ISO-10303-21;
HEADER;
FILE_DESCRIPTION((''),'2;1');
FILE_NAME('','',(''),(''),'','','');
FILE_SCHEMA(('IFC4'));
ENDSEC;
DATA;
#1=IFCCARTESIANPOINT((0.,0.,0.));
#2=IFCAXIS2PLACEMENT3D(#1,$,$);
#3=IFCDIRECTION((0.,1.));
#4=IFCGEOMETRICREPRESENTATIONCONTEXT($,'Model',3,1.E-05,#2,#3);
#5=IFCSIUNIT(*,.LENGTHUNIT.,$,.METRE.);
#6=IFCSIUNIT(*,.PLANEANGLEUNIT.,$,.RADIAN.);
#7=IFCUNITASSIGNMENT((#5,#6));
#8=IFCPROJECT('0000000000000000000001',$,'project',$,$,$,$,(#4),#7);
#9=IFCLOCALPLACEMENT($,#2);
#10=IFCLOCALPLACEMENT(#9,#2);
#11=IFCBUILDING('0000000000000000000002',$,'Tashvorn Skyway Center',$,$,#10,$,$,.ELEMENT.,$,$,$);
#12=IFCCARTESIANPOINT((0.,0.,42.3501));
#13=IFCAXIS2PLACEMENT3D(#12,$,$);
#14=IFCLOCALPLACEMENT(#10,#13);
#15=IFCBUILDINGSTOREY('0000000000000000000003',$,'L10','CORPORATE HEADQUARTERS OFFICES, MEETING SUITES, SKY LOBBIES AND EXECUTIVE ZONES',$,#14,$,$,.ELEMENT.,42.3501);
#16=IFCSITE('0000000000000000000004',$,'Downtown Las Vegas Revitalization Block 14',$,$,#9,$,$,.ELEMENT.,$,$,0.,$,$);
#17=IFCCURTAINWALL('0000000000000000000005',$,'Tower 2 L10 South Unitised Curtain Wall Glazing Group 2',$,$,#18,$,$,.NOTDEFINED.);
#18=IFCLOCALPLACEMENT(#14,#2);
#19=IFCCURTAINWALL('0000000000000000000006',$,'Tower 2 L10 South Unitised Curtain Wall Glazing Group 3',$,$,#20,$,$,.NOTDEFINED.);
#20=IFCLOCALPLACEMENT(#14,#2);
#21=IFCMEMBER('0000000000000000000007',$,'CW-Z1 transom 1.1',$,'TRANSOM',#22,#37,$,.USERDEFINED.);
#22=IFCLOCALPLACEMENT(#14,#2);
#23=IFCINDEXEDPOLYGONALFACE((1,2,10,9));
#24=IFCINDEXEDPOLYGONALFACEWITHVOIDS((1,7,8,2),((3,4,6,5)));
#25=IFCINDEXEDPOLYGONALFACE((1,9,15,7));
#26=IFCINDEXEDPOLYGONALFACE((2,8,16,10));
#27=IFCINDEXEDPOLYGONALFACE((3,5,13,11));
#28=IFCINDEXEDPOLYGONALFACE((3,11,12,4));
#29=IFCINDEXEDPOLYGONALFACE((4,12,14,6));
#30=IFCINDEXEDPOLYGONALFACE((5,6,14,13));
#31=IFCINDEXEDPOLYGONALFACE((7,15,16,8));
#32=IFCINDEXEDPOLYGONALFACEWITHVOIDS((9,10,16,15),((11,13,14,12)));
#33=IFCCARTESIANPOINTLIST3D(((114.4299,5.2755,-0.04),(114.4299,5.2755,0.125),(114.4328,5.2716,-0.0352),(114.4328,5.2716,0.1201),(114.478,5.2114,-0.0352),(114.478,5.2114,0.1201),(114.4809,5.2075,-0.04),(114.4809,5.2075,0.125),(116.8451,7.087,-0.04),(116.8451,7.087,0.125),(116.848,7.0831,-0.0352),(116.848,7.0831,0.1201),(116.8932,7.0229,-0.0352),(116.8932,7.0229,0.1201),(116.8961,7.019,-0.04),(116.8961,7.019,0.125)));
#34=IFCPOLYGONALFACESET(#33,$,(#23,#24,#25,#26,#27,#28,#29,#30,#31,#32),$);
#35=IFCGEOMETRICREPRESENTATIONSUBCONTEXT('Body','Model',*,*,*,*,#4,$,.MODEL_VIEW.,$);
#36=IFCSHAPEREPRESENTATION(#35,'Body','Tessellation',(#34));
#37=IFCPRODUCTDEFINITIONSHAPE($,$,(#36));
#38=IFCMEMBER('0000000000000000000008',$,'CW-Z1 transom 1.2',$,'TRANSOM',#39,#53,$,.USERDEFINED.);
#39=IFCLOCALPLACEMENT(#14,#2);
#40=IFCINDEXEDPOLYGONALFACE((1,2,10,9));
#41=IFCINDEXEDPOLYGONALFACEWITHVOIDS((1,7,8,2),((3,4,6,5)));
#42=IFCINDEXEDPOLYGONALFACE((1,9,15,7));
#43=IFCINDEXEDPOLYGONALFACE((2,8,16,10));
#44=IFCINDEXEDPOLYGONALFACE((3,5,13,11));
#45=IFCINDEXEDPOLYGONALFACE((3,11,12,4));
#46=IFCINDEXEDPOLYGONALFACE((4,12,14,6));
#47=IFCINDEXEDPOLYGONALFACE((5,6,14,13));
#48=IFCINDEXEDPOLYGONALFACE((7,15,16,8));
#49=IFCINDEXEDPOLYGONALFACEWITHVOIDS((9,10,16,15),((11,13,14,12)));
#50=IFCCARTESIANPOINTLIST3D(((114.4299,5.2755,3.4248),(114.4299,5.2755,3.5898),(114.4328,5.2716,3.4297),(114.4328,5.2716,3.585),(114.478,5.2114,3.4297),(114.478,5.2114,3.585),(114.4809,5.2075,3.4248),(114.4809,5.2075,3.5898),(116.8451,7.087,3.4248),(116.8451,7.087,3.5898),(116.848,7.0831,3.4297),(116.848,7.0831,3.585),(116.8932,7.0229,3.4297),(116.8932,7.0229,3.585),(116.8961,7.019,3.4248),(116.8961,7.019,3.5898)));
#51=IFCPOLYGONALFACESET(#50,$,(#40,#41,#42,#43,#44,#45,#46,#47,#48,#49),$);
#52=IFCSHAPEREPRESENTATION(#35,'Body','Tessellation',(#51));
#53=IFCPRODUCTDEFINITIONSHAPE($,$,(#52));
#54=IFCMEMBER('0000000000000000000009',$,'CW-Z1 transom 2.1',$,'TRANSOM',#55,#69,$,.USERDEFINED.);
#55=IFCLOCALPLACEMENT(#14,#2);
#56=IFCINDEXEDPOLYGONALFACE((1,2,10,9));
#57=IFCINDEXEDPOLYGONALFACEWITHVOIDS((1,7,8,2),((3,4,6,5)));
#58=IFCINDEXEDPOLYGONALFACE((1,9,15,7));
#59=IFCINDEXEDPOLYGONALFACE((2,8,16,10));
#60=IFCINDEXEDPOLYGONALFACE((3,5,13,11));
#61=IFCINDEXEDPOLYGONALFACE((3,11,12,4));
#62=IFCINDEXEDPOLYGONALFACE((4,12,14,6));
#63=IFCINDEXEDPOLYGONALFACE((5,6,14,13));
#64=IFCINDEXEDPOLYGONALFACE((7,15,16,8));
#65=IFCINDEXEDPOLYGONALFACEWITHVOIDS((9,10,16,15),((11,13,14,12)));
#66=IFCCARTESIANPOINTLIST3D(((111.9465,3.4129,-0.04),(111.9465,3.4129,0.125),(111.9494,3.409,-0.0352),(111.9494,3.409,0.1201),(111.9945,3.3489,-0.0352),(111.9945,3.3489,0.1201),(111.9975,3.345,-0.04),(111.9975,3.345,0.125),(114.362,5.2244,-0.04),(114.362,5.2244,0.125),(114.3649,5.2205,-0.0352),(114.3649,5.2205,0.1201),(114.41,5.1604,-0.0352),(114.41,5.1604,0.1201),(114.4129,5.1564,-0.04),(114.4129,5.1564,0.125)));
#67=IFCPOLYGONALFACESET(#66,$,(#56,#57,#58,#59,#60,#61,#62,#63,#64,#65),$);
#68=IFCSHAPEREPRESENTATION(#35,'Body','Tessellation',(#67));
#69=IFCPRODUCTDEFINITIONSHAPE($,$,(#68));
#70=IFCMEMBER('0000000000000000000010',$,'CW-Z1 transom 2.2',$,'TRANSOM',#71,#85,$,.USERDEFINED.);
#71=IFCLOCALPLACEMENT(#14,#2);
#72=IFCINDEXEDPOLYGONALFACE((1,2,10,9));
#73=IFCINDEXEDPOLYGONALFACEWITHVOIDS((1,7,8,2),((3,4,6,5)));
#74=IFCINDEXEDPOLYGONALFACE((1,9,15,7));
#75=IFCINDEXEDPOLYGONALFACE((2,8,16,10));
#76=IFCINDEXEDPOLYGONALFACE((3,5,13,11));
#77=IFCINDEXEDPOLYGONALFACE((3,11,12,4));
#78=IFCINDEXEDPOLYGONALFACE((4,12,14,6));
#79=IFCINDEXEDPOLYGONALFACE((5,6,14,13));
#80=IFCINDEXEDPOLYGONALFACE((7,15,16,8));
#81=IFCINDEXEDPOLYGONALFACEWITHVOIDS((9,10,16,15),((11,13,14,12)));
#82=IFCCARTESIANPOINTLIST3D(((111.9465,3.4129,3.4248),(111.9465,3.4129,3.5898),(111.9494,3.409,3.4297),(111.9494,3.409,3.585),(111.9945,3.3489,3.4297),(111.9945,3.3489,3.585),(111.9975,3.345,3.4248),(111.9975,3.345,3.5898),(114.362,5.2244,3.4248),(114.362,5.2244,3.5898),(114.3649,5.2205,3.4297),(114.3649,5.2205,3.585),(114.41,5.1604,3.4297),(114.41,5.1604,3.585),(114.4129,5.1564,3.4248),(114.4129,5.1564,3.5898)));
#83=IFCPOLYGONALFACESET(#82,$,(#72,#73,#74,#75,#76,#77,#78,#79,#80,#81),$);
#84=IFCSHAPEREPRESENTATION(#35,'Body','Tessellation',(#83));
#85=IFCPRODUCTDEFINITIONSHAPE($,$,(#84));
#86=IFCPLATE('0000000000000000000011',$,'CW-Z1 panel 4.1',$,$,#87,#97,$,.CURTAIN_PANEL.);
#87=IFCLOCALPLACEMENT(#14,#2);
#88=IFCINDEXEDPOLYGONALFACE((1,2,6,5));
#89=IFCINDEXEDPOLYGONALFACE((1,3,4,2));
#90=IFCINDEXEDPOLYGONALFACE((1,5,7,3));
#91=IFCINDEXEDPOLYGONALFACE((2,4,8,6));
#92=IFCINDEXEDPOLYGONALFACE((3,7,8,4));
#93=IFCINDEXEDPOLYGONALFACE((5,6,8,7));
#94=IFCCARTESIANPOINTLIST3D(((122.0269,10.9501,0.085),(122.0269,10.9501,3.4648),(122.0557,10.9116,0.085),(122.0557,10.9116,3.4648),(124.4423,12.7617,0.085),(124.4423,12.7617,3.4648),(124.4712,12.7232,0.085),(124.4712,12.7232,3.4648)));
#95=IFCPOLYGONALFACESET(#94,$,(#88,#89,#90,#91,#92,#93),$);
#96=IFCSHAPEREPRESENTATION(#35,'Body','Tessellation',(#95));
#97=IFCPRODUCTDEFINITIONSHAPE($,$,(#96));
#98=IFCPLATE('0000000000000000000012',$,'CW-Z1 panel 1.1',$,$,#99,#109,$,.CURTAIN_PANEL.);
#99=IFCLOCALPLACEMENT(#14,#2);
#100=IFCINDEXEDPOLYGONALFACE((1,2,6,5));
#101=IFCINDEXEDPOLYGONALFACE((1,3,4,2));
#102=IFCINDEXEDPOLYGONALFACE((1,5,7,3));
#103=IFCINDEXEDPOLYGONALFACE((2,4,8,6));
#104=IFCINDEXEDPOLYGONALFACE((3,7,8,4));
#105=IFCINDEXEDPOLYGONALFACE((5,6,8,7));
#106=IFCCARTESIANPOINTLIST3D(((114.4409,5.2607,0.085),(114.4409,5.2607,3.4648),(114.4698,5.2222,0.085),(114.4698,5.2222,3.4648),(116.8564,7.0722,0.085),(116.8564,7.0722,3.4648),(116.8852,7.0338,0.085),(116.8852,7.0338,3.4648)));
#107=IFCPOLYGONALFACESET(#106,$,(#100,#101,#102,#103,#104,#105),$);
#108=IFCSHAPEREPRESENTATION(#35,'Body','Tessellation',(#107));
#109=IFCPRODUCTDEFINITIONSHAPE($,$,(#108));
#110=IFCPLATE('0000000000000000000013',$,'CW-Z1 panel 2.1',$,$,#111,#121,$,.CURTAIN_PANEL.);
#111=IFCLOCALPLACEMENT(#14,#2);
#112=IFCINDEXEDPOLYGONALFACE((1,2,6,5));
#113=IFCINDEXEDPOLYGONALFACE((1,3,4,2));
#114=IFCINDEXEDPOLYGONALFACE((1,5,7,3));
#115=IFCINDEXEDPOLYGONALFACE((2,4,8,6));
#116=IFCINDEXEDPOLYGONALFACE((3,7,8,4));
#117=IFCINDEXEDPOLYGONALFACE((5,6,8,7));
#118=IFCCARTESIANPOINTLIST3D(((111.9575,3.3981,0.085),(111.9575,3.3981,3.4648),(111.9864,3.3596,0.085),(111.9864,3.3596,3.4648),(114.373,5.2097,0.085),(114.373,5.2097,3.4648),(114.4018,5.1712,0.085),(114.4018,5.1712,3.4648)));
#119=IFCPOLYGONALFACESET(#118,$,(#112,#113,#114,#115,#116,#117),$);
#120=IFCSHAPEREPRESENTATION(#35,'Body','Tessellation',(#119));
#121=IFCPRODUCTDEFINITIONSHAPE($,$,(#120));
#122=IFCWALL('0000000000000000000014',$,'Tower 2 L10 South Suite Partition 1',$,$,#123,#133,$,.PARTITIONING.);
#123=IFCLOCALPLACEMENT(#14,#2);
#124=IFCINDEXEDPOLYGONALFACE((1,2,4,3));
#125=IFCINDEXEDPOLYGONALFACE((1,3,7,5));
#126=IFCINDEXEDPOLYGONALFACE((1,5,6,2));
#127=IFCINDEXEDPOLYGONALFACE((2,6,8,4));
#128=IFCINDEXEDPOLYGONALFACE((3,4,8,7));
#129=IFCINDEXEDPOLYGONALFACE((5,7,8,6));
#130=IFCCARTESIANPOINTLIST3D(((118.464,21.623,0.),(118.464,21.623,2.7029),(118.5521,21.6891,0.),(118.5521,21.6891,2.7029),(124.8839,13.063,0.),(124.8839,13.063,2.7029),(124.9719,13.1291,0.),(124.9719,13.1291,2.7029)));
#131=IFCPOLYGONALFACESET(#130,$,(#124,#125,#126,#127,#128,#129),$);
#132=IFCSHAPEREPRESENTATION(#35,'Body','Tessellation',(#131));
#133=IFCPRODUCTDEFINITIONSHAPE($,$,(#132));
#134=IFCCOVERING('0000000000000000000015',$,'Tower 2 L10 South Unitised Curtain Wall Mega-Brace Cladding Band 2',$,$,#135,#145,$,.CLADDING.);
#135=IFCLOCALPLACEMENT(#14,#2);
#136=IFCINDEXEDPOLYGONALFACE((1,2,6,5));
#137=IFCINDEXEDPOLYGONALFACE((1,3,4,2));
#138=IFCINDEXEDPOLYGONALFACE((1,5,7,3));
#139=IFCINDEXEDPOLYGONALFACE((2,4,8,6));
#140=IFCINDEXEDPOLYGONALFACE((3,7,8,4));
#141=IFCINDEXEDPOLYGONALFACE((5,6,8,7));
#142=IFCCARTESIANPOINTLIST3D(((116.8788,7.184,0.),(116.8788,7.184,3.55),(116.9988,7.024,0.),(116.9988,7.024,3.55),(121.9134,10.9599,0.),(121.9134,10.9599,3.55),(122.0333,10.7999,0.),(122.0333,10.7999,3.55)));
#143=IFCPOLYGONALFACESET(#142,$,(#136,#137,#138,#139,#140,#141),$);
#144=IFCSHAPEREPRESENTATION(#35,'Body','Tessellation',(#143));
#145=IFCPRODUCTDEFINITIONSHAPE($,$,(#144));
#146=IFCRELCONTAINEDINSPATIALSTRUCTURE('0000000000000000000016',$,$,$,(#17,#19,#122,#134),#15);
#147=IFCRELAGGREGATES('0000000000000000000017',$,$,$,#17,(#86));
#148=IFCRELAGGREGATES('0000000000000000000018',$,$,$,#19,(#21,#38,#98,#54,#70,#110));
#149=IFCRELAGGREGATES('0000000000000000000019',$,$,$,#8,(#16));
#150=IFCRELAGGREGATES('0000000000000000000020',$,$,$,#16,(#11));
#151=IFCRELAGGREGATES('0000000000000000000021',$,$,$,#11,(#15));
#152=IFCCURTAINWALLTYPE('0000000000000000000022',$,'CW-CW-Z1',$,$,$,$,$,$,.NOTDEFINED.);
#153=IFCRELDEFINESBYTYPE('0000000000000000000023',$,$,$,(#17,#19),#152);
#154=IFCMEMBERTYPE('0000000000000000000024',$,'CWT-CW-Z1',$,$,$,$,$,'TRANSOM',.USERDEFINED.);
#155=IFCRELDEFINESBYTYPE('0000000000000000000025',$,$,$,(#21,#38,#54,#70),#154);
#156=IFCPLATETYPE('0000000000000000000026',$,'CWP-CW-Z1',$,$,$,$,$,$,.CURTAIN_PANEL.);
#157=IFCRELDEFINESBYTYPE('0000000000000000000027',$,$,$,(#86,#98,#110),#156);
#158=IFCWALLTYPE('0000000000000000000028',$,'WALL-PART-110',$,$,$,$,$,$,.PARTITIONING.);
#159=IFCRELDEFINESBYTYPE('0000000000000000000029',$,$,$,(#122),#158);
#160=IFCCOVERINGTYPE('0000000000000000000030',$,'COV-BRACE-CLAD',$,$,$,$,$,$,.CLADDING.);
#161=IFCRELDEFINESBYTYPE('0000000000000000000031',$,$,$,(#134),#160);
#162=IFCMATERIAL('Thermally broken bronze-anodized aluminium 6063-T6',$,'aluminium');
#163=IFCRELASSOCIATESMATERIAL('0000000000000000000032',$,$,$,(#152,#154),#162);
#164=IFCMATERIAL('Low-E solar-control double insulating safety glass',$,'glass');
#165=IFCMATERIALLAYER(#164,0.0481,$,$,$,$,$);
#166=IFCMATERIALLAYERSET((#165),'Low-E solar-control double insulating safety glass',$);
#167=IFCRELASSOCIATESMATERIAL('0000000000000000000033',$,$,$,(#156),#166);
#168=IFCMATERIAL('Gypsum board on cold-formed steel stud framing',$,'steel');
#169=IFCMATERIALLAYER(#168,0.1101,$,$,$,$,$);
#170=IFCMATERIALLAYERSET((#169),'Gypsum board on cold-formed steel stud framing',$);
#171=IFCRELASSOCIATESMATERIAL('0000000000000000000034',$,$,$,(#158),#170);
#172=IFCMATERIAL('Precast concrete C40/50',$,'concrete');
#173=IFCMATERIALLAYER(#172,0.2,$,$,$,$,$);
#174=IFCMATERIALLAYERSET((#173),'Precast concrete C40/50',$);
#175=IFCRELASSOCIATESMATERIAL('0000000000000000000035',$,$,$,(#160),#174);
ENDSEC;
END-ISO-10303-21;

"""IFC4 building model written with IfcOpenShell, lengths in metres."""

from ifc_helpers import new_model, si_unit, direction, frame, frame_2d, origin, origin_2d, place, context, subcontext, project, spatial, rectangle, hollow_rectangle, extrude, material, layer, layer_set, material_profile, profile_set, type_object, element, aggregate, save


model = new_model("IFC4")

# Units and contexts
model_context = context("Model", 3, precision=1e-05, world=origin(), true_north=direction((0.0, 1.0)))
body_context = subcontext(model_context, "Body", "Model", "MODEL_VIEW")
ifc_project = project(units=[si_unit("LENGTHUNIT", "METRE"), si_unit("PLANEANGLEUNIT", "RADIAN")], contexts=[model_context])

# Site, building, storey
site_placement = place(None, origin())
site = spatial("IfcSite", under=ifc_project, at=site_placement, Name="Downtown Las Vegas Revitalization Block 14", CompositionType="ELEMENT", RefElevation=0.0)
building_placement = place(site_placement, origin())
building = spatial("IfcBuilding", under=site, at=building_placement, Name="Tashvorn Skyway Center", CompositionType="ELEMENT")
storey_placement = place(building_placement, frame((0.0, 0.0, 42.3501)))
storey = spatial("IfcBuildingStorey", under=building, at=storey_placement, Name="L10", Description="CORPORATE HEADQUARTERS OFFICES, MEETING SUITES, SKY LOBBIES AND EXECUTIVE ZONES", CompositionType="ELEMENT", Elevation=42.3501)

# Curtain walls
ifc_material_1 = material(Name="Thermally broken bronze-anodized aluminium 6063-T6", Category="aluminium")
curtain_wall_type = type_object("IfcCurtainWallType", Name="CW-CW-Z1", PredefinedType="NOTDEFINED", material=ifc_material_1)
curtain_wall_1_placement = place(storey_placement, origin())
curtain_wall_1 = element("IfcCurtainWall", 1, at=curtain_wall_1_placement, inside=storey, type_object=curtain_wall_type, Name="Tower 2 L10 South Unitised Curtain Wall Glazing Group 2", PredefinedType="NOTDEFINED")
curtain_wall_2_placement = place(storey_placement, origin())
curtain_wall_2 = element("IfcCurtainWall", 2, at=curtain_wall_2_placement, inside=storey, type_object=curtain_wall_type, Name="Tower 2 L10 South Unitised Curtain Wall Glazing Group 3", PredefinedType="NOTDEFINED")

# Members
ifc_material_profile_1 = material_profile(ifc_material_1, hollow_rectangle(XDim=0.085, YDim=0.165, WallThickness=0.0049, at=origin_2d()), Name="ALU-TRAN-85x165")
ifc_profile_set_1 = profile_set([ifc_material_profile_1], Name="Thermally broken bronze-anodized aluminium 6063-T6")
member_type_1 = type_object("IfcMemberType", Name="CWT-CW-Z1", ElementType="TRANSOM", PredefinedType="USERDEFINED", material=ifc_profile_set_1)
member_1_placement = place(storey_placement, frame((116.8706, 7.053, 0.0425), z_axis=(-0.79999, -0.600013, 0.0), x_axis=(0.600013, -0.79999, 0.0)))
member_1 = element("IfcMember", 3, at=member_1_placement, type_object=member_type_1, Name="CW-Z1 transom 1.1", ObjectType="TRANSOM", PredefinedType="USERDEFINED", context=body_context, shape_type="SweptSolid", body=[
    extrude(hollow_rectangle(XDim=0.085, YDim=0.165, WallThickness=0.0049, at=origin_2d()), origin(), (0.0, 0.0, 1.0), 3.019),
])
member_2_placement = place(storey_placement, frame((116.8706, 7.053, 3.5073), z_axis=(-0.79999, -0.600013, 0.0), x_axis=(0.600013, -0.79999, 0.0)))
member_2 = element("IfcMember", 4, at=member_2_placement, type_object=member_type_1, Name="CW-Z1 transom 1.2", ObjectType="TRANSOM", PredefinedType="USERDEFINED", context=body_context, shape_type="SweptSolid", body=[
    extrude(hollow_rectangle(XDim=0.085, YDim=0.165, WallThickness=0.0049, at=origin_2d()), origin(), (0.0, 0.0, 1.0), 3.019),
])
member_3_placement = place(storey_placement, frame((114.3875, 5.1904, 0.0425), z_axis=(-0.800019, -0.599974, 0.0), x_axis=(0.599974, -0.800019, 0.0)))
member_3 = element("IfcMember", 5, at=member_3_placement, type_object=member_type_1, Name="CW-Z1 transom 2.1", ObjectType="TRANSOM", PredefinedType="USERDEFINED", context=body_context, shape_type="SweptSolid", body=[
    extrude(hollow_rectangle(XDim=0.085, YDim=0.165, WallThickness=0.0049, at=origin_2d()), origin(), (0.0, 0.0, 1.0), 3.0193),
])
member_4_placement = place(storey_placement, frame((114.3875, 5.1904, 3.5073), z_axis=(-0.800019, -0.599974, 0.0), x_axis=(0.599974, -0.800019, 0.0)))
member_4 = element("IfcMember", 6, at=member_4_placement, type_object=member_type_1, Name="CW-Z1 transom 2.2", ObjectType="TRANSOM", PredefinedType="USERDEFINED", context=body_context, shape_type="SweptSolid", body=[
    extrude(hollow_rectangle(XDim=0.085, YDim=0.165, WallThickness=0.0049, at=origin_2d()), origin(), (0.0, 0.0, 1.0), 3.0193),
])

# Plates
ifc_material_2 = material(Name="Low-E solar-control double insulating safety glass", Category="glass")
ifc_layer_1 = layer(ifc_material_2, 0.0481)
ifc_layer_set_1 = layer_set([ifc_layer_1], Name="Low-E solar-control double insulating safety glass")
plate_type = type_object("IfcPlateType", Name="CWP-CW-Z1", PredefinedType="CURTAIN_PANEL", material=ifc_layer_set_1)
plate_1_placement = place(storey_placement, frame((123.249, 11.8367, 0.085), z_axis=(0.0, 0.0, 1.0), x_axis=(-0.800002, -0.599997, 0.0)))
plate_1 = element("IfcPlate", 7, at=plate_1_placement, type_object=plate_type, Name="CW-Z1 panel 4.1", PredefinedType="CURTAIN_PANEL", context=body_context, shape_type="SweptSolid", body=[
    extrude(rectangle(XDim=3.0193, YDim=0.0481, at=origin_2d()), origin(), (0.0, 0.0, 1.0), 3.3799),
])
aggregate(curtain_wall_1, [plate_1])
plate_2_placement = place(storey_placement, frame((115.6631, 6.1472, 0.085), z_axis=(0.0, 0.0, 1.0), x_axis=(-0.800002, -0.599997, 0.0)))
plate_2 = element("IfcPlate", 8, at=plate_2_placement, type_object=plate_type, Name="CW-Z1 panel 1.1", PredefinedType="CURTAIN_PANEL", context=body_context, shape_type="SweptSolid", body=[
    extrude(rectangle(XDim=3.0193, YDim=0.0481, at=origin_2d()), origin(), (0.0, 0.0, 1.0), 3.3799),
])
plate_3_placement = place(storey_placement, frame((113.1797, 4.2847, 0.085), z_axis=(0.0, 0.0, 1.0), x_axis=(-0.800002, -0.599997, 0.0)))
plate_3 = element("IfcPlate", 9, at=plate_3_placement, type_object=plate_type, Name="CW-Z1 panel 2.1", PredefinedType="CURTAIN_PANEL", context=body_context, shape_type="SweptSolid", body=[
    extrude(rectangle(XDim=3.0193, YDim=0.0481, at=origin_2d()), origin(), (0.0, 0.0, 1.0), 3.3799),
])
aggregate(curtain_wall_2, [member_1, member_2, plate_2, member_3, member_4, plate_3])

# Wall
ifc_material_3 = material(Name="Gypsum board on cold-formed steel stud framing", Category="steel")
ifc_layer_2 = layer(ifc_material_3, 0.1101)
ifc_layer_set_2 = layer_set([ifc_layer_2], Name="Gypsum board on cold-formed steel stud framing")
wall_type = type_object("IfcWallType", Name="WALL-PART-110", PredefinedType="PARTITIONING", material=ifc_layer_set_2)
wall_placement = place(storey_placement, frame((124.928, 13.0959, 0.0), z_axis=(0.0, 0.0, 1.0), x_axis=(-0.599993, 0.800005, 0.0)))
element("IfcWall", 10, at=wall_placement, inside=storey, type_object=wall_type, Name="Tower 2 L10 South Suite Partition 1", PredefinedType="PARTITIONING", context=body_context, shape_type="SweptSolid", body=[
    extrude(rectangle(XDim=10.7, YDim=0.1101, at=frame_2d((5.3501, 0.0))), origin(), (0.0, 0.0, 1.0), 2.7029),
])

# Covering
ifc_material_4 = material(Name="Precast concrete C40/50", Category="concrete")
ifc_layer_3 = layer(ifc_material_4, 0.2)
ifc_layer_set_3 = layer_set([ifc_layer_3], Name="Precast concrete C40/50")
covering_type = type_object("IfcCoveringType", Name="COV-BRACE-CLAD", PredefinedType="CLADDING", material=ifc_layer_set_3)
covering_placement = place(storey_placement, frame((119.4561, 8.9919, 0.0), z_axis=(0.0, 0.0, 1.0), x_axis=(-0.8, -0.6, 0.0)))
element("IfcCovering", 11, at=covering_placement, inside=storey, type_object=covering_type, Name="Tower 2 L10 South Unitised Curtain Wall Mega-Brace Cladding Band 2", PredefinedType="CLADDING", context=body_context, shape_type="SweptSolid", body=[
    extrude(rectangle(XDim=6.2932, YDim=0.2, at=origin_2d()), origin(), (0.0, 0.0, 1.0), 3.55),
])

save(model, "model.ifc")
